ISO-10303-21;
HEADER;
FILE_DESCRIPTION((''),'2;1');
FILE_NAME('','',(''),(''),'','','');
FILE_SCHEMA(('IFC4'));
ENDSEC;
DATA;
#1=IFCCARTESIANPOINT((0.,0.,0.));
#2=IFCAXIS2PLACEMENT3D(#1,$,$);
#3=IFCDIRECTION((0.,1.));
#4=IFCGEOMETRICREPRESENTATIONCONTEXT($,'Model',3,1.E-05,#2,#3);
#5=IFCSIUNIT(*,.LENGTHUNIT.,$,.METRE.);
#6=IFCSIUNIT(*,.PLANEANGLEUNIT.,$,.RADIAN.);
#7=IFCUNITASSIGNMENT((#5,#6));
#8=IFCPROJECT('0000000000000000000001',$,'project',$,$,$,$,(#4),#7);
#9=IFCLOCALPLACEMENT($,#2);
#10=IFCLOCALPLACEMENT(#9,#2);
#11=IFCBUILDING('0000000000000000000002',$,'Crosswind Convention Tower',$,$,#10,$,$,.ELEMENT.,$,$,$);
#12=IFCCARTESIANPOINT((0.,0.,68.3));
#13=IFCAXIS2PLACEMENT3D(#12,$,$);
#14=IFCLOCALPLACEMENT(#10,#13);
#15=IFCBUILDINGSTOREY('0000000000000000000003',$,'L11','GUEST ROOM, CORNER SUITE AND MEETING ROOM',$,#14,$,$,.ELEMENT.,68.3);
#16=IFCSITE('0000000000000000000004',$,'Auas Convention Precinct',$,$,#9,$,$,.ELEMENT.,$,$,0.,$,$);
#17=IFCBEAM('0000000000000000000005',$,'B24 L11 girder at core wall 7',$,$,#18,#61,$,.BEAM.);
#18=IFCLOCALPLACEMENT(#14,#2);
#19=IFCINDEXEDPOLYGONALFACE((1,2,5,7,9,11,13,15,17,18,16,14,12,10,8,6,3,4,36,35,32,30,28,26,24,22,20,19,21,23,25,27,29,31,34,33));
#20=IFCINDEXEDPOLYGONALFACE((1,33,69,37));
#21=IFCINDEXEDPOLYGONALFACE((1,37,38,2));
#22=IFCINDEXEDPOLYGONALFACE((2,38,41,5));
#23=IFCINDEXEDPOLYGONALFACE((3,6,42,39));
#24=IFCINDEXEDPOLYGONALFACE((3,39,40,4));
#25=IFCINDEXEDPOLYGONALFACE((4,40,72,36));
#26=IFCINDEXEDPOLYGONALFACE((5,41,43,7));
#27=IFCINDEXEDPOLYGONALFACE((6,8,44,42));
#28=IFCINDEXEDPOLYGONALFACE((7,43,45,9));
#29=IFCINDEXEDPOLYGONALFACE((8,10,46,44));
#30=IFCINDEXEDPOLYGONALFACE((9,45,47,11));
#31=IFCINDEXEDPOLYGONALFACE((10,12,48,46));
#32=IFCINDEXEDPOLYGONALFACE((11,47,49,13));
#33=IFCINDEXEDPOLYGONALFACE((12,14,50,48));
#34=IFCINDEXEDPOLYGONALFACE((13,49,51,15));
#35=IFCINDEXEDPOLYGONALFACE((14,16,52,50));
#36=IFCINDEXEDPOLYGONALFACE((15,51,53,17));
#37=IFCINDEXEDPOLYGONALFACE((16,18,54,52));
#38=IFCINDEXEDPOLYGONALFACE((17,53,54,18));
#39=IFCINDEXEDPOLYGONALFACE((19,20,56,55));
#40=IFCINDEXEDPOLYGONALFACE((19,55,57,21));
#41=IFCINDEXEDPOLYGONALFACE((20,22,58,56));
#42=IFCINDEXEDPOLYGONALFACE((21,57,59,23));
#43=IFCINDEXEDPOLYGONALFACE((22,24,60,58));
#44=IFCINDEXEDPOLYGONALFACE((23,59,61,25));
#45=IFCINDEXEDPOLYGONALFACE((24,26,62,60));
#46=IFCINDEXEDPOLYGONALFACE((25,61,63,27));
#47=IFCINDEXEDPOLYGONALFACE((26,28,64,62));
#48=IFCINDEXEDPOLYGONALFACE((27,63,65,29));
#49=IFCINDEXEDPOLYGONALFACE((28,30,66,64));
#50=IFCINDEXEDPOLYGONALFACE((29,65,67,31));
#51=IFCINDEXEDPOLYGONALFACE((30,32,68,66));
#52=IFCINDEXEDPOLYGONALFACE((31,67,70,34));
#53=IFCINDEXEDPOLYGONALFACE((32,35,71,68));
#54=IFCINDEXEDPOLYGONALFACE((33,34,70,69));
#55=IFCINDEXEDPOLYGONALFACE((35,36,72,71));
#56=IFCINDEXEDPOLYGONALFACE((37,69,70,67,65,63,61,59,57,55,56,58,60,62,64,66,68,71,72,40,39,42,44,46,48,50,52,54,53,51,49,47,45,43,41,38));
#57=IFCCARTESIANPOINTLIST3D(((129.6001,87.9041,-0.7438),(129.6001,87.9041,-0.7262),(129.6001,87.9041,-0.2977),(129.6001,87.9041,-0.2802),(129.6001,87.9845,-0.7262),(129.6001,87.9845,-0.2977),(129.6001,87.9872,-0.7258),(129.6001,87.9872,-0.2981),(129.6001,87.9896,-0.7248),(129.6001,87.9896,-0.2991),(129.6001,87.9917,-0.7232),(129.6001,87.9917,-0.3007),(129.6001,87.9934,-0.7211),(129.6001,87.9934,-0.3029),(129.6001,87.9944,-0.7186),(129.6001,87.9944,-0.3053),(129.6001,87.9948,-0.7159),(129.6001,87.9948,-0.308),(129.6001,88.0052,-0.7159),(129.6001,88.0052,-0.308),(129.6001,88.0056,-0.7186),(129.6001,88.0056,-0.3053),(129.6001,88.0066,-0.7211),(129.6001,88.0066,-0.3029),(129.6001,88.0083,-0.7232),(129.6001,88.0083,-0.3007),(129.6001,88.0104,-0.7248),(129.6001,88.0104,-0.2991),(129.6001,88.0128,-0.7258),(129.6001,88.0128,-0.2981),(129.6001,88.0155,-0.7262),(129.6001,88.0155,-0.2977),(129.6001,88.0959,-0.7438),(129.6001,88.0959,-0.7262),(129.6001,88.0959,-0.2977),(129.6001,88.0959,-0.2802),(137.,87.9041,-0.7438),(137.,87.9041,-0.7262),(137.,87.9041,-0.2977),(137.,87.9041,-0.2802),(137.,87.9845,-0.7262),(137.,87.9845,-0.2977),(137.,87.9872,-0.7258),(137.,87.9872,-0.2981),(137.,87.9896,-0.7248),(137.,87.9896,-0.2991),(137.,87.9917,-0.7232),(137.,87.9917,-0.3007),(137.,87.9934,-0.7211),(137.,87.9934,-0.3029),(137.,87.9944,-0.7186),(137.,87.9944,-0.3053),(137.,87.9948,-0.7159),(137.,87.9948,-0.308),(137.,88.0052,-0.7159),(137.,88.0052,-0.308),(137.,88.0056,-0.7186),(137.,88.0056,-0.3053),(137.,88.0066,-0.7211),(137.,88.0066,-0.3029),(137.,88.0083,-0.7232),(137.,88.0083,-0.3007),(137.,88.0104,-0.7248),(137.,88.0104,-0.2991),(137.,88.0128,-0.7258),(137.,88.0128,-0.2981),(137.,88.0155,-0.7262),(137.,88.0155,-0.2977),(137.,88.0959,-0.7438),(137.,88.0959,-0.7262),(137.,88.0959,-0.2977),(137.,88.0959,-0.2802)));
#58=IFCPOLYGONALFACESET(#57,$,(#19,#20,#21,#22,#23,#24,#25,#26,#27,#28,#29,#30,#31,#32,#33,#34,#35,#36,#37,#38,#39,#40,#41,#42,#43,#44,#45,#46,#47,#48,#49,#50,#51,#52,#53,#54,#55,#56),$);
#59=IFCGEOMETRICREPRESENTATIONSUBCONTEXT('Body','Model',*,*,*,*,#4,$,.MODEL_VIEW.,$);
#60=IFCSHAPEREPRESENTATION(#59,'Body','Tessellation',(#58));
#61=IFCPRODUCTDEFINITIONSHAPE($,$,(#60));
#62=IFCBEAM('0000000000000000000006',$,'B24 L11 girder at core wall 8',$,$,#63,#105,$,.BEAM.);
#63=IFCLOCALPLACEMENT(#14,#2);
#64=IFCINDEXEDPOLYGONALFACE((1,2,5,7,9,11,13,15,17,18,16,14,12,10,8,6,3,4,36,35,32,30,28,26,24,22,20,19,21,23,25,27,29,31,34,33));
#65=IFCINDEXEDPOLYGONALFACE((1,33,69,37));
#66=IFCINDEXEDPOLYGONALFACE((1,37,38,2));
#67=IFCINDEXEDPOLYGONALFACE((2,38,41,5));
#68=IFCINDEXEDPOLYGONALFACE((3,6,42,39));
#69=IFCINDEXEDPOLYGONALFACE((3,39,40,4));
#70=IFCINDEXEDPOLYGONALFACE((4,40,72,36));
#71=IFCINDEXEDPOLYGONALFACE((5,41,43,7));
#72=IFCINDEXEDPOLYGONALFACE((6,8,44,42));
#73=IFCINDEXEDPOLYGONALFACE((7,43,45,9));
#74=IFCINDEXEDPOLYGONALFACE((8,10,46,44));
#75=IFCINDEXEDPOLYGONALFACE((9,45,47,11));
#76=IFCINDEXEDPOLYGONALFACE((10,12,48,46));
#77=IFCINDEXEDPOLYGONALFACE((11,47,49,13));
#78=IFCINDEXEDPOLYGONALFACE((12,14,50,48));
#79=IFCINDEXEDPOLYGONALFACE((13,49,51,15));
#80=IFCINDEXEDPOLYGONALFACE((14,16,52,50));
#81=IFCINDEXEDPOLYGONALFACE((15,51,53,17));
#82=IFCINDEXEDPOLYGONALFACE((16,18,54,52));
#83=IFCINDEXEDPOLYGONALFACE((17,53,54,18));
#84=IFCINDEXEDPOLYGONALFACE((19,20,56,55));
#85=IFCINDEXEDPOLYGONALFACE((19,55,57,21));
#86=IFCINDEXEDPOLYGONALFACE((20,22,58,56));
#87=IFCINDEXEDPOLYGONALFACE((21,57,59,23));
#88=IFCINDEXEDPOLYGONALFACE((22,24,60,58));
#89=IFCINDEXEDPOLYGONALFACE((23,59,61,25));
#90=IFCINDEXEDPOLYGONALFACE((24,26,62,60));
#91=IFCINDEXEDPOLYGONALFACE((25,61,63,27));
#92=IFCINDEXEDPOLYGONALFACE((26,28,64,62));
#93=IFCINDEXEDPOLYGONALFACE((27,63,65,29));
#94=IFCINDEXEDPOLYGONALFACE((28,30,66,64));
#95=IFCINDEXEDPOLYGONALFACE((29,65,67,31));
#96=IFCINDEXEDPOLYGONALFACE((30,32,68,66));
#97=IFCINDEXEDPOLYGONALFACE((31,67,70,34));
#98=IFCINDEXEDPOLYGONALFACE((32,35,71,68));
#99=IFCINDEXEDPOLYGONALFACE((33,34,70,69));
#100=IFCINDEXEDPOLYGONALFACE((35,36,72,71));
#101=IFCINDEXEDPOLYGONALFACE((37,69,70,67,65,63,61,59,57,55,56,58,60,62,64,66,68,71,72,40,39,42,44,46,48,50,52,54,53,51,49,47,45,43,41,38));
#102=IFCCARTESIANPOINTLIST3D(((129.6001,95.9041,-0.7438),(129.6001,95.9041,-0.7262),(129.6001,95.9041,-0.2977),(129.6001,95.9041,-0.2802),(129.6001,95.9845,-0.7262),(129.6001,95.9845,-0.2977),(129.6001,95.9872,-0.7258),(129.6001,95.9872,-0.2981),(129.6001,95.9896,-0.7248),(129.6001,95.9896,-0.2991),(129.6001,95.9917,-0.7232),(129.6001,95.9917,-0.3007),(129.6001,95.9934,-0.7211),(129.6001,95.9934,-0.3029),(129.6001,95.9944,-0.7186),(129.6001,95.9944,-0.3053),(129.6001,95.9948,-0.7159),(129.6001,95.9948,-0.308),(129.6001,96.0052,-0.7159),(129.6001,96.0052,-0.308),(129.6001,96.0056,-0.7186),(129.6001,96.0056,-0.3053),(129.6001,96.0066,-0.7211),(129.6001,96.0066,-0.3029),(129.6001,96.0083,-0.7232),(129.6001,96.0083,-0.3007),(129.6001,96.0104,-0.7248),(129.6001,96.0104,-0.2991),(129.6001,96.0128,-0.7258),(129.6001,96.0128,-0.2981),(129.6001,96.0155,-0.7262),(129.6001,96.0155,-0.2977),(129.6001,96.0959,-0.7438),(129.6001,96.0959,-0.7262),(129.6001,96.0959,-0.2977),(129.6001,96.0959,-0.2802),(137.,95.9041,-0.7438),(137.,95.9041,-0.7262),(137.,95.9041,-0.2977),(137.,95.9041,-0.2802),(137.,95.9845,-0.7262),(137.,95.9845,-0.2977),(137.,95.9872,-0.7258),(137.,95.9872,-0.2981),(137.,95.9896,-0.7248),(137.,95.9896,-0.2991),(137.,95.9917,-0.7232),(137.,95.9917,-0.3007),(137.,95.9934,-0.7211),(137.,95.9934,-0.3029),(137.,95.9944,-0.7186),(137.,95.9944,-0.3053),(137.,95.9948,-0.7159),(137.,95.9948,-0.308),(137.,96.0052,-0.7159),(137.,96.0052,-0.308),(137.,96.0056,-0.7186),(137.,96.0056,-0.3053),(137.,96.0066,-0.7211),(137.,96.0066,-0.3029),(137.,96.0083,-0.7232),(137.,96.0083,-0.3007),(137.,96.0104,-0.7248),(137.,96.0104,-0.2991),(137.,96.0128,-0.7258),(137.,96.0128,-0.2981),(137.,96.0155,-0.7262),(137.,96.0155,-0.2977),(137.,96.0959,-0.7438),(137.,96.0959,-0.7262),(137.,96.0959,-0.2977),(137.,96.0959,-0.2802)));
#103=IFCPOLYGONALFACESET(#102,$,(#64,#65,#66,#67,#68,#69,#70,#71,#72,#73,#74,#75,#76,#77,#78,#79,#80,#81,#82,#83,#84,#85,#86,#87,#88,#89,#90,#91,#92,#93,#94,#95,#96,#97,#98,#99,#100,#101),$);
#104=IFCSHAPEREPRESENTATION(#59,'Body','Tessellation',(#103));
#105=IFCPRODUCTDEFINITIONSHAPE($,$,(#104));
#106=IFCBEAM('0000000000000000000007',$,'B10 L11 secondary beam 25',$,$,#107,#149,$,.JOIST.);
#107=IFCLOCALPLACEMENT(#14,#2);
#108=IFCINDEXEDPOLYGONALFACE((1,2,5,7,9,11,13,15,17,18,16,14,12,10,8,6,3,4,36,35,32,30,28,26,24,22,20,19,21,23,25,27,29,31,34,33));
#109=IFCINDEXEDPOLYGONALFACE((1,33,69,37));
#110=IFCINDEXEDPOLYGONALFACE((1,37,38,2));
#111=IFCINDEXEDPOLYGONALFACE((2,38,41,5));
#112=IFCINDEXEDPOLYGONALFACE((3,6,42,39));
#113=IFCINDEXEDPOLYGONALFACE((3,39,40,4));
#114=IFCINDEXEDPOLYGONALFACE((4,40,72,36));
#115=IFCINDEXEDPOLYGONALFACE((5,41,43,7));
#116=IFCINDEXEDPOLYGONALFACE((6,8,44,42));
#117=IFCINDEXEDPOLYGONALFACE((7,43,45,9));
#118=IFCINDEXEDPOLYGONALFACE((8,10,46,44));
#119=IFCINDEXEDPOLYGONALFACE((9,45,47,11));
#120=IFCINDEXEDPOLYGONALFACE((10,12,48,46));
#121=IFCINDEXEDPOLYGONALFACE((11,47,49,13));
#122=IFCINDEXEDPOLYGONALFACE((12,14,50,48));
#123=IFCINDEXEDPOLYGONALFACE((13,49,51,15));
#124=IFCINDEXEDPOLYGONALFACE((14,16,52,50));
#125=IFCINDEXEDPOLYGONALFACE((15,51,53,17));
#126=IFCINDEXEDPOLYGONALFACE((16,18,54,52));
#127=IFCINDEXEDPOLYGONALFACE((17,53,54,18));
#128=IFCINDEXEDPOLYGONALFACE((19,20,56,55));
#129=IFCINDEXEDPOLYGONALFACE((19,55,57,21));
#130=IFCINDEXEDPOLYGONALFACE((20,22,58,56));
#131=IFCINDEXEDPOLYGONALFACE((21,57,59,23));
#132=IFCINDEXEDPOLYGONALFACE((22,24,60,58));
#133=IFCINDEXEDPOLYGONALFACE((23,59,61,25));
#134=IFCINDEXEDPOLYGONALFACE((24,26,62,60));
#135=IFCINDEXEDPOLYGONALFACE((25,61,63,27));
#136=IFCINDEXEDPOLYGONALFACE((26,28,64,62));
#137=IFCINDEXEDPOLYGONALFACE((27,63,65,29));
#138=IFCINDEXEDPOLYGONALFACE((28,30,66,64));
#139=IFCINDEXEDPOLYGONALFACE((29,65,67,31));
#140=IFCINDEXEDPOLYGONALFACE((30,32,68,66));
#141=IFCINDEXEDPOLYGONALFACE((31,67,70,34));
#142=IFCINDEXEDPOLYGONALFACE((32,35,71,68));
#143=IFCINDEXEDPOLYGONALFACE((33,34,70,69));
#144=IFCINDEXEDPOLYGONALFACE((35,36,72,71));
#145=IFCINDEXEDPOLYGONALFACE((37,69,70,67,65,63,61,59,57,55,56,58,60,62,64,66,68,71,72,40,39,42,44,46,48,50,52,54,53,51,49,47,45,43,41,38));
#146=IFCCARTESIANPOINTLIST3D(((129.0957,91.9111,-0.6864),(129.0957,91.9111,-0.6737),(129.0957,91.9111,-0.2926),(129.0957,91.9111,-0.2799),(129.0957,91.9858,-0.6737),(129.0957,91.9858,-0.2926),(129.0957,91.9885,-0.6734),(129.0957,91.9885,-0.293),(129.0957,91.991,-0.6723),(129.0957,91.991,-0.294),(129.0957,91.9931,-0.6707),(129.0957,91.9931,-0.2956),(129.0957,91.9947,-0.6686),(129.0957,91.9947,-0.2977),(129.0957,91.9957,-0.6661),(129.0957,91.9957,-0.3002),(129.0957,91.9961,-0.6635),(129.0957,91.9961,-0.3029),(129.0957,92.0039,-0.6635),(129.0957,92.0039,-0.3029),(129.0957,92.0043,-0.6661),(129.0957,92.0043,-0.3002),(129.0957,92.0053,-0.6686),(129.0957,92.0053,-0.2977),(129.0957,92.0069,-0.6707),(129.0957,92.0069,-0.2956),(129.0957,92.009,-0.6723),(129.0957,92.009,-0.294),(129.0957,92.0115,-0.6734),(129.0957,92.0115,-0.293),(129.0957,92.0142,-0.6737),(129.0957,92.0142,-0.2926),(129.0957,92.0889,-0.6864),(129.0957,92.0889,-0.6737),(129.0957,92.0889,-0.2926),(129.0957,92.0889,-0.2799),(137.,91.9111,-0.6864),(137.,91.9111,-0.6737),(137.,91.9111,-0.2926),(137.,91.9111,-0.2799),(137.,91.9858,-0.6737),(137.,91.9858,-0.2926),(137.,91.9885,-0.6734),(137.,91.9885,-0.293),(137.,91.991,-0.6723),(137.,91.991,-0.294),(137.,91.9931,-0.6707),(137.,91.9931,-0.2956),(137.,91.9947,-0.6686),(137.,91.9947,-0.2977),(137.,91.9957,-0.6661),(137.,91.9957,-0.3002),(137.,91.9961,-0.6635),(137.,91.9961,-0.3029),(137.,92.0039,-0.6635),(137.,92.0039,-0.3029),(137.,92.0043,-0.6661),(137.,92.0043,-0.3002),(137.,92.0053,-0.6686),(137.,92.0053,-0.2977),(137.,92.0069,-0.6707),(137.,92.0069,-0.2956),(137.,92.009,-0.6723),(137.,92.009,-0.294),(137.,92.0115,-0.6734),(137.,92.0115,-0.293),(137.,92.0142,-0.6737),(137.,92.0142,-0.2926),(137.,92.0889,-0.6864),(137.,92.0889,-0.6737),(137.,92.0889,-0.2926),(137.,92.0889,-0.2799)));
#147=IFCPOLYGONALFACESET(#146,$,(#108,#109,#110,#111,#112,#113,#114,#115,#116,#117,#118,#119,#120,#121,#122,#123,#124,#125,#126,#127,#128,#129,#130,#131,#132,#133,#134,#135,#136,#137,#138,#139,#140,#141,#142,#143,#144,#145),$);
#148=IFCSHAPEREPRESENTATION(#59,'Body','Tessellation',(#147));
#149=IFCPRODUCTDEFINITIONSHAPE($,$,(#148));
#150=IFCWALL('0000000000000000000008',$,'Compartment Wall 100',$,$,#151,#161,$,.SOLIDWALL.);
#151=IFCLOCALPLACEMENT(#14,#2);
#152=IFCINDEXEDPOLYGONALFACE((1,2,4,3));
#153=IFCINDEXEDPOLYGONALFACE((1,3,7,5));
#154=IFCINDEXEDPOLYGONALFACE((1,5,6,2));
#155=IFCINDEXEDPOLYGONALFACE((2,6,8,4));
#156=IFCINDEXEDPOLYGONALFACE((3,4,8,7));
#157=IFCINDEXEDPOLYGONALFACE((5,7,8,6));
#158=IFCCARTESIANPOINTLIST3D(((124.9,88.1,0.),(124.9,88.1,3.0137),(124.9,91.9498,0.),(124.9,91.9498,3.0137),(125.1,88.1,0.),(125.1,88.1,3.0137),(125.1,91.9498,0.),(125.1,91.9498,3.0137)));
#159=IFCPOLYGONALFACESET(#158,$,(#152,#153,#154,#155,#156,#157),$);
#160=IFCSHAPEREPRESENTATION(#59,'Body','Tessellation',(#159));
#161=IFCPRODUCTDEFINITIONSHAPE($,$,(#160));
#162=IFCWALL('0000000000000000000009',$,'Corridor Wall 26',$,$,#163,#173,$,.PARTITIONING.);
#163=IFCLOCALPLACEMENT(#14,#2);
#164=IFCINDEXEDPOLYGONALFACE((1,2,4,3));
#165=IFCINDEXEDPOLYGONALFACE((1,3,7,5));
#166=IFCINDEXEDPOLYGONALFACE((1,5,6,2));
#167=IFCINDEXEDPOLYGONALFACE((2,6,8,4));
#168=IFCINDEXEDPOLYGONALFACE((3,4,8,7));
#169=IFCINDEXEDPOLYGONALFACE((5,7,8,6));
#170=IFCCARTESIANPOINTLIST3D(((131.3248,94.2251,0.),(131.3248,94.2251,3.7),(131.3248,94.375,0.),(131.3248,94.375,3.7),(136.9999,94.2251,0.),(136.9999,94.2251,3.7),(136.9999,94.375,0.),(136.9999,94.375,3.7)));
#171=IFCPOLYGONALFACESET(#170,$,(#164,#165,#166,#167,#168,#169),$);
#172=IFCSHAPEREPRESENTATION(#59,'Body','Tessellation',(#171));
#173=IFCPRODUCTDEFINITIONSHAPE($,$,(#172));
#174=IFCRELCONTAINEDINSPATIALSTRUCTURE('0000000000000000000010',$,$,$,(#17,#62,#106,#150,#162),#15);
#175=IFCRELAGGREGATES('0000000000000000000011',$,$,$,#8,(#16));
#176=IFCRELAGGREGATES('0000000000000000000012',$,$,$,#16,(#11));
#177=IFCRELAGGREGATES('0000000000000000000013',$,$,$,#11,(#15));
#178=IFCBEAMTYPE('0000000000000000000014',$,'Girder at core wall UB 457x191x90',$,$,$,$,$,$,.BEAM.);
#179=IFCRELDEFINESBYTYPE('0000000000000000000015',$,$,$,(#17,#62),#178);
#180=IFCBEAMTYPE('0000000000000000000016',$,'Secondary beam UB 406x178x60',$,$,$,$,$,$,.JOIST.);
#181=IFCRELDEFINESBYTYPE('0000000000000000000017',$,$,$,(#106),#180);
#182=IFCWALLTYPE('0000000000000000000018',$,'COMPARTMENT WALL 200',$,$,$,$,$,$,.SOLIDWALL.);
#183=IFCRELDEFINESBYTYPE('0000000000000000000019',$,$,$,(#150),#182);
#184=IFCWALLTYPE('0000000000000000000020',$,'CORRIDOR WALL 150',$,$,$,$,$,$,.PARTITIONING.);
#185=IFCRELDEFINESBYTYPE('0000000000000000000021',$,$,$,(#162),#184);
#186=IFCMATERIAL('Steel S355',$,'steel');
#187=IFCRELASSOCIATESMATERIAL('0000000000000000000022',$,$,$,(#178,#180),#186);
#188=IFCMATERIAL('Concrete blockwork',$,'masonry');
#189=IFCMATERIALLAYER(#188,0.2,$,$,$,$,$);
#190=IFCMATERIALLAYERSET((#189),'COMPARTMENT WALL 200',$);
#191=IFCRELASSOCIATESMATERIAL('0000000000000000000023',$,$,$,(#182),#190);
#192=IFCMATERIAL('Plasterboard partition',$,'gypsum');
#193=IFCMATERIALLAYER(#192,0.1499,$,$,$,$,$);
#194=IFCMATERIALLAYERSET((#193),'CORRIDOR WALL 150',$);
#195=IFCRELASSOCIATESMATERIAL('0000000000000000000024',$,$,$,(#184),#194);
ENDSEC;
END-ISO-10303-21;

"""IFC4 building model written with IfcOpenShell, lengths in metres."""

from ifc_helpers import new_model, si_unit, direction, frame, frame_2d, origin, origin_2d, place, context, subcontext, project, spatial, rectangle, i_section, extrude, material, layer, layer_set, material_profile, profile_set, type_object, element, save


model = new_model("IFC4")

# Units and contexts
model_context = context("Model", 3, precision=1e-05, world=origin(), true_north=direction((0.0, 1.0)))
body_context = subcontext(model_context, "Body", "Model", "MODEL_VIEW")
ifc_project = project(units=[si_unit("LENGTHUNIT", "METRE"), si_unit("PLANEANGLEUNIT", "RADIAN")], contexts=[model_context])

# Site, building, storey
site_placement = place(None, origin())
site = spatial("IfcSite", under=ifc_project, at=site_placement, Name="Auas Convention Precinct", CompositionType="ELEMENT", RefElevation=0.0)
building_placement = place(site_placement, origin())
building = spatial("IfcBuilding", under=site, at=building_placement, Name="Crosswind Convention Tower", CompositionType="ELEMENT")
storey_placement = place(building_placement, frame((0.0, 0.0, 68.3)))
storey = spatial("IfcBuildingStorey", under=building, at=storey_placement, Name="L11", Description="GUEST ROOM, CORNER SUITE AND MEETING ROOM", CompositionType="ELEMENT", Elevation=68.3)

# Beams
ifc_material_1 = material(Name="Steel S355", Category="steel")
ifc_material_profile_1 = material_profile(ifc_material_1, i_section(OverallWidth=0.1919, OverallDepth=0.4636, WebThickness=0.0105, FlangeThickness=0.0176, FilletRadius=0.0103, at=origin_2d()), Name="UB 457x191x90")
ifc_profile_set_1 = profile_set([ifc_material_profile_1], Name="Steel S355")
beam_type_1 = type_object("IfcBeamType", Name="Girder at core wall UB 457x191x90", PredefinedType="BEAM", material=ifc_profile_set_1)
for number, where, z_axis, x_axis, name in (
    (1, (129.6001, 88.0, -0.512), (1.0, 0.0, 0.0), (0.0, 1.0, 0.0), "B24 L11 girder at core wall 7"),
    (2, (129.6001, 96.0, -0.512), (1.0, 0.0, 0.0), (0.0, 1.0, 0.0), "B24 L11 girder at core wall 8"),
):
    element("IfcBeam", number, at=place(storey_placement, frame(where, z_axis=z_axis, x_axis=x_axis)), inside=storey, type_object=beam_type_1, Name=name, PredefinedType="BEAM", context=body_context, shape_type="SweptSolid", body=[
        extrude(i_section(OverallWidth=0.1919, OverallDepth=0.4636, WebThickness=0.0105, FlangeThickness=0.0176, FilletRadius=0.0103, at=origin_2d()), origin(), (0.0, 0.0, 1.0), 7.3999),
    ])
ifc_material_profile_2 = material_profile(ifc_material_1, i_section(OverallWidth=0.1777, OverallDepth=0.4065, WebThickness=0.0078, FlangeThickness=0.0127, FilletRadius=0.0103, at=origin_2d()), Name="UB 406x178x60")
ifc_profile_set_2 = profile_set([ifc_material_profile_2], Name="Steel S355")
beam_type_2 = type_object("IfcBeamType", Name="Secondary beam UB 406x178x60", PredefinedType="JOIST", material=ifc_profile_set_2)
beam_placement = place(storey_placement, frame((129.0957, 92.0, -0.4832), z_axis=(1.0, 0.0, 0.0), x_axis=(0.0, 1.0, 0.0)))
element("IfcBeam", 3, at=beam_placement, inside=storey, type_object=beam_type_2, Name="B10 L11 secondary beam 25", PredefinedType="JOIST", context=body_context, shape_type="SweptSolid", body=[
    extrude(i_section(OverallWidth=0.1777, OverallDepth=0.4065, WebThickness=0.0078, FlangeThickness=0.0127, FilletRadius=0.0103, at=origin_2d()), origin(), (0.0, 0.0, 1.0), 7.9043),
])

# Walls
ifc_material_2 = material(Name="Concrete blockwork", Category="masonry")
ifc_layer_1 = layer(ifc_material_2, 0.2)
ifc_layer_set_1 = layer_set([ifc_layer_1], Name="COMPARTMENT WALL 200")
wall_type_1 = type_object("IfcWallType", Name="COMPARTMENT WALL 200", PredefinedType="SOLIDWALL", material=ifc_layer_set_1)
wall_1_placement = place(storey_placement, frame((125.0, 88.1001, 0.0), z_axis=(0.0, 0.0, 1.0), x_axis=(0.0, 1.0, 0.0)))
element("IfcWall", 4, at=wall_1_placement, inside=storey, type_object=wall_type_1, Name="Compartment Wall 100", PredefinedType="SOLIDWALL", context=body_context, shape_type="SweptSolid", body=[
    extrude(rectangle(XDim=3.8499, YDim=0.2, at=frame_2d((1.9248, 0.0))), origin(), (0.0, 0.0, 1.0), 3.0137),
])
ifc_material_3 = material(Name="Plasterboard partition", Category="gypsum")
ifc_layer_2 = layer(ifc_material_3, 0.1499)
ifc_layer_set_2 = layer_set([ifc_layer_2], Name="CORRIDOR WALL 150")
wall_type_2 = type_object("IfcWallType", Name="CORRIDOR WALL 150", PredefinedType="PARTITIONING", material=ifc_layer_set_2)
wall_2_placement = place(storey_placement, frame((131.325, 94.3, 0.0), z_axis=(0.0, 0.0, 1.0), x_axis=(1.0, 0.0, 0.0)))
element("IfcWall", 5, at=wall_2_placement, inside=storey, type_object=wall_type_2, Name="Corridor Wall 26", PredefinedType="PARTITIONING", context=body_context, shape_type="SweptSolid", body=[
    extrude(rectangle(XDim=5.675, YDim=0.1499, at=frame_2d((2.8374, 0.0))), origin(), (0.0, 0.0, 1.0), 3.7),
])

save(model, "model.ifc")
